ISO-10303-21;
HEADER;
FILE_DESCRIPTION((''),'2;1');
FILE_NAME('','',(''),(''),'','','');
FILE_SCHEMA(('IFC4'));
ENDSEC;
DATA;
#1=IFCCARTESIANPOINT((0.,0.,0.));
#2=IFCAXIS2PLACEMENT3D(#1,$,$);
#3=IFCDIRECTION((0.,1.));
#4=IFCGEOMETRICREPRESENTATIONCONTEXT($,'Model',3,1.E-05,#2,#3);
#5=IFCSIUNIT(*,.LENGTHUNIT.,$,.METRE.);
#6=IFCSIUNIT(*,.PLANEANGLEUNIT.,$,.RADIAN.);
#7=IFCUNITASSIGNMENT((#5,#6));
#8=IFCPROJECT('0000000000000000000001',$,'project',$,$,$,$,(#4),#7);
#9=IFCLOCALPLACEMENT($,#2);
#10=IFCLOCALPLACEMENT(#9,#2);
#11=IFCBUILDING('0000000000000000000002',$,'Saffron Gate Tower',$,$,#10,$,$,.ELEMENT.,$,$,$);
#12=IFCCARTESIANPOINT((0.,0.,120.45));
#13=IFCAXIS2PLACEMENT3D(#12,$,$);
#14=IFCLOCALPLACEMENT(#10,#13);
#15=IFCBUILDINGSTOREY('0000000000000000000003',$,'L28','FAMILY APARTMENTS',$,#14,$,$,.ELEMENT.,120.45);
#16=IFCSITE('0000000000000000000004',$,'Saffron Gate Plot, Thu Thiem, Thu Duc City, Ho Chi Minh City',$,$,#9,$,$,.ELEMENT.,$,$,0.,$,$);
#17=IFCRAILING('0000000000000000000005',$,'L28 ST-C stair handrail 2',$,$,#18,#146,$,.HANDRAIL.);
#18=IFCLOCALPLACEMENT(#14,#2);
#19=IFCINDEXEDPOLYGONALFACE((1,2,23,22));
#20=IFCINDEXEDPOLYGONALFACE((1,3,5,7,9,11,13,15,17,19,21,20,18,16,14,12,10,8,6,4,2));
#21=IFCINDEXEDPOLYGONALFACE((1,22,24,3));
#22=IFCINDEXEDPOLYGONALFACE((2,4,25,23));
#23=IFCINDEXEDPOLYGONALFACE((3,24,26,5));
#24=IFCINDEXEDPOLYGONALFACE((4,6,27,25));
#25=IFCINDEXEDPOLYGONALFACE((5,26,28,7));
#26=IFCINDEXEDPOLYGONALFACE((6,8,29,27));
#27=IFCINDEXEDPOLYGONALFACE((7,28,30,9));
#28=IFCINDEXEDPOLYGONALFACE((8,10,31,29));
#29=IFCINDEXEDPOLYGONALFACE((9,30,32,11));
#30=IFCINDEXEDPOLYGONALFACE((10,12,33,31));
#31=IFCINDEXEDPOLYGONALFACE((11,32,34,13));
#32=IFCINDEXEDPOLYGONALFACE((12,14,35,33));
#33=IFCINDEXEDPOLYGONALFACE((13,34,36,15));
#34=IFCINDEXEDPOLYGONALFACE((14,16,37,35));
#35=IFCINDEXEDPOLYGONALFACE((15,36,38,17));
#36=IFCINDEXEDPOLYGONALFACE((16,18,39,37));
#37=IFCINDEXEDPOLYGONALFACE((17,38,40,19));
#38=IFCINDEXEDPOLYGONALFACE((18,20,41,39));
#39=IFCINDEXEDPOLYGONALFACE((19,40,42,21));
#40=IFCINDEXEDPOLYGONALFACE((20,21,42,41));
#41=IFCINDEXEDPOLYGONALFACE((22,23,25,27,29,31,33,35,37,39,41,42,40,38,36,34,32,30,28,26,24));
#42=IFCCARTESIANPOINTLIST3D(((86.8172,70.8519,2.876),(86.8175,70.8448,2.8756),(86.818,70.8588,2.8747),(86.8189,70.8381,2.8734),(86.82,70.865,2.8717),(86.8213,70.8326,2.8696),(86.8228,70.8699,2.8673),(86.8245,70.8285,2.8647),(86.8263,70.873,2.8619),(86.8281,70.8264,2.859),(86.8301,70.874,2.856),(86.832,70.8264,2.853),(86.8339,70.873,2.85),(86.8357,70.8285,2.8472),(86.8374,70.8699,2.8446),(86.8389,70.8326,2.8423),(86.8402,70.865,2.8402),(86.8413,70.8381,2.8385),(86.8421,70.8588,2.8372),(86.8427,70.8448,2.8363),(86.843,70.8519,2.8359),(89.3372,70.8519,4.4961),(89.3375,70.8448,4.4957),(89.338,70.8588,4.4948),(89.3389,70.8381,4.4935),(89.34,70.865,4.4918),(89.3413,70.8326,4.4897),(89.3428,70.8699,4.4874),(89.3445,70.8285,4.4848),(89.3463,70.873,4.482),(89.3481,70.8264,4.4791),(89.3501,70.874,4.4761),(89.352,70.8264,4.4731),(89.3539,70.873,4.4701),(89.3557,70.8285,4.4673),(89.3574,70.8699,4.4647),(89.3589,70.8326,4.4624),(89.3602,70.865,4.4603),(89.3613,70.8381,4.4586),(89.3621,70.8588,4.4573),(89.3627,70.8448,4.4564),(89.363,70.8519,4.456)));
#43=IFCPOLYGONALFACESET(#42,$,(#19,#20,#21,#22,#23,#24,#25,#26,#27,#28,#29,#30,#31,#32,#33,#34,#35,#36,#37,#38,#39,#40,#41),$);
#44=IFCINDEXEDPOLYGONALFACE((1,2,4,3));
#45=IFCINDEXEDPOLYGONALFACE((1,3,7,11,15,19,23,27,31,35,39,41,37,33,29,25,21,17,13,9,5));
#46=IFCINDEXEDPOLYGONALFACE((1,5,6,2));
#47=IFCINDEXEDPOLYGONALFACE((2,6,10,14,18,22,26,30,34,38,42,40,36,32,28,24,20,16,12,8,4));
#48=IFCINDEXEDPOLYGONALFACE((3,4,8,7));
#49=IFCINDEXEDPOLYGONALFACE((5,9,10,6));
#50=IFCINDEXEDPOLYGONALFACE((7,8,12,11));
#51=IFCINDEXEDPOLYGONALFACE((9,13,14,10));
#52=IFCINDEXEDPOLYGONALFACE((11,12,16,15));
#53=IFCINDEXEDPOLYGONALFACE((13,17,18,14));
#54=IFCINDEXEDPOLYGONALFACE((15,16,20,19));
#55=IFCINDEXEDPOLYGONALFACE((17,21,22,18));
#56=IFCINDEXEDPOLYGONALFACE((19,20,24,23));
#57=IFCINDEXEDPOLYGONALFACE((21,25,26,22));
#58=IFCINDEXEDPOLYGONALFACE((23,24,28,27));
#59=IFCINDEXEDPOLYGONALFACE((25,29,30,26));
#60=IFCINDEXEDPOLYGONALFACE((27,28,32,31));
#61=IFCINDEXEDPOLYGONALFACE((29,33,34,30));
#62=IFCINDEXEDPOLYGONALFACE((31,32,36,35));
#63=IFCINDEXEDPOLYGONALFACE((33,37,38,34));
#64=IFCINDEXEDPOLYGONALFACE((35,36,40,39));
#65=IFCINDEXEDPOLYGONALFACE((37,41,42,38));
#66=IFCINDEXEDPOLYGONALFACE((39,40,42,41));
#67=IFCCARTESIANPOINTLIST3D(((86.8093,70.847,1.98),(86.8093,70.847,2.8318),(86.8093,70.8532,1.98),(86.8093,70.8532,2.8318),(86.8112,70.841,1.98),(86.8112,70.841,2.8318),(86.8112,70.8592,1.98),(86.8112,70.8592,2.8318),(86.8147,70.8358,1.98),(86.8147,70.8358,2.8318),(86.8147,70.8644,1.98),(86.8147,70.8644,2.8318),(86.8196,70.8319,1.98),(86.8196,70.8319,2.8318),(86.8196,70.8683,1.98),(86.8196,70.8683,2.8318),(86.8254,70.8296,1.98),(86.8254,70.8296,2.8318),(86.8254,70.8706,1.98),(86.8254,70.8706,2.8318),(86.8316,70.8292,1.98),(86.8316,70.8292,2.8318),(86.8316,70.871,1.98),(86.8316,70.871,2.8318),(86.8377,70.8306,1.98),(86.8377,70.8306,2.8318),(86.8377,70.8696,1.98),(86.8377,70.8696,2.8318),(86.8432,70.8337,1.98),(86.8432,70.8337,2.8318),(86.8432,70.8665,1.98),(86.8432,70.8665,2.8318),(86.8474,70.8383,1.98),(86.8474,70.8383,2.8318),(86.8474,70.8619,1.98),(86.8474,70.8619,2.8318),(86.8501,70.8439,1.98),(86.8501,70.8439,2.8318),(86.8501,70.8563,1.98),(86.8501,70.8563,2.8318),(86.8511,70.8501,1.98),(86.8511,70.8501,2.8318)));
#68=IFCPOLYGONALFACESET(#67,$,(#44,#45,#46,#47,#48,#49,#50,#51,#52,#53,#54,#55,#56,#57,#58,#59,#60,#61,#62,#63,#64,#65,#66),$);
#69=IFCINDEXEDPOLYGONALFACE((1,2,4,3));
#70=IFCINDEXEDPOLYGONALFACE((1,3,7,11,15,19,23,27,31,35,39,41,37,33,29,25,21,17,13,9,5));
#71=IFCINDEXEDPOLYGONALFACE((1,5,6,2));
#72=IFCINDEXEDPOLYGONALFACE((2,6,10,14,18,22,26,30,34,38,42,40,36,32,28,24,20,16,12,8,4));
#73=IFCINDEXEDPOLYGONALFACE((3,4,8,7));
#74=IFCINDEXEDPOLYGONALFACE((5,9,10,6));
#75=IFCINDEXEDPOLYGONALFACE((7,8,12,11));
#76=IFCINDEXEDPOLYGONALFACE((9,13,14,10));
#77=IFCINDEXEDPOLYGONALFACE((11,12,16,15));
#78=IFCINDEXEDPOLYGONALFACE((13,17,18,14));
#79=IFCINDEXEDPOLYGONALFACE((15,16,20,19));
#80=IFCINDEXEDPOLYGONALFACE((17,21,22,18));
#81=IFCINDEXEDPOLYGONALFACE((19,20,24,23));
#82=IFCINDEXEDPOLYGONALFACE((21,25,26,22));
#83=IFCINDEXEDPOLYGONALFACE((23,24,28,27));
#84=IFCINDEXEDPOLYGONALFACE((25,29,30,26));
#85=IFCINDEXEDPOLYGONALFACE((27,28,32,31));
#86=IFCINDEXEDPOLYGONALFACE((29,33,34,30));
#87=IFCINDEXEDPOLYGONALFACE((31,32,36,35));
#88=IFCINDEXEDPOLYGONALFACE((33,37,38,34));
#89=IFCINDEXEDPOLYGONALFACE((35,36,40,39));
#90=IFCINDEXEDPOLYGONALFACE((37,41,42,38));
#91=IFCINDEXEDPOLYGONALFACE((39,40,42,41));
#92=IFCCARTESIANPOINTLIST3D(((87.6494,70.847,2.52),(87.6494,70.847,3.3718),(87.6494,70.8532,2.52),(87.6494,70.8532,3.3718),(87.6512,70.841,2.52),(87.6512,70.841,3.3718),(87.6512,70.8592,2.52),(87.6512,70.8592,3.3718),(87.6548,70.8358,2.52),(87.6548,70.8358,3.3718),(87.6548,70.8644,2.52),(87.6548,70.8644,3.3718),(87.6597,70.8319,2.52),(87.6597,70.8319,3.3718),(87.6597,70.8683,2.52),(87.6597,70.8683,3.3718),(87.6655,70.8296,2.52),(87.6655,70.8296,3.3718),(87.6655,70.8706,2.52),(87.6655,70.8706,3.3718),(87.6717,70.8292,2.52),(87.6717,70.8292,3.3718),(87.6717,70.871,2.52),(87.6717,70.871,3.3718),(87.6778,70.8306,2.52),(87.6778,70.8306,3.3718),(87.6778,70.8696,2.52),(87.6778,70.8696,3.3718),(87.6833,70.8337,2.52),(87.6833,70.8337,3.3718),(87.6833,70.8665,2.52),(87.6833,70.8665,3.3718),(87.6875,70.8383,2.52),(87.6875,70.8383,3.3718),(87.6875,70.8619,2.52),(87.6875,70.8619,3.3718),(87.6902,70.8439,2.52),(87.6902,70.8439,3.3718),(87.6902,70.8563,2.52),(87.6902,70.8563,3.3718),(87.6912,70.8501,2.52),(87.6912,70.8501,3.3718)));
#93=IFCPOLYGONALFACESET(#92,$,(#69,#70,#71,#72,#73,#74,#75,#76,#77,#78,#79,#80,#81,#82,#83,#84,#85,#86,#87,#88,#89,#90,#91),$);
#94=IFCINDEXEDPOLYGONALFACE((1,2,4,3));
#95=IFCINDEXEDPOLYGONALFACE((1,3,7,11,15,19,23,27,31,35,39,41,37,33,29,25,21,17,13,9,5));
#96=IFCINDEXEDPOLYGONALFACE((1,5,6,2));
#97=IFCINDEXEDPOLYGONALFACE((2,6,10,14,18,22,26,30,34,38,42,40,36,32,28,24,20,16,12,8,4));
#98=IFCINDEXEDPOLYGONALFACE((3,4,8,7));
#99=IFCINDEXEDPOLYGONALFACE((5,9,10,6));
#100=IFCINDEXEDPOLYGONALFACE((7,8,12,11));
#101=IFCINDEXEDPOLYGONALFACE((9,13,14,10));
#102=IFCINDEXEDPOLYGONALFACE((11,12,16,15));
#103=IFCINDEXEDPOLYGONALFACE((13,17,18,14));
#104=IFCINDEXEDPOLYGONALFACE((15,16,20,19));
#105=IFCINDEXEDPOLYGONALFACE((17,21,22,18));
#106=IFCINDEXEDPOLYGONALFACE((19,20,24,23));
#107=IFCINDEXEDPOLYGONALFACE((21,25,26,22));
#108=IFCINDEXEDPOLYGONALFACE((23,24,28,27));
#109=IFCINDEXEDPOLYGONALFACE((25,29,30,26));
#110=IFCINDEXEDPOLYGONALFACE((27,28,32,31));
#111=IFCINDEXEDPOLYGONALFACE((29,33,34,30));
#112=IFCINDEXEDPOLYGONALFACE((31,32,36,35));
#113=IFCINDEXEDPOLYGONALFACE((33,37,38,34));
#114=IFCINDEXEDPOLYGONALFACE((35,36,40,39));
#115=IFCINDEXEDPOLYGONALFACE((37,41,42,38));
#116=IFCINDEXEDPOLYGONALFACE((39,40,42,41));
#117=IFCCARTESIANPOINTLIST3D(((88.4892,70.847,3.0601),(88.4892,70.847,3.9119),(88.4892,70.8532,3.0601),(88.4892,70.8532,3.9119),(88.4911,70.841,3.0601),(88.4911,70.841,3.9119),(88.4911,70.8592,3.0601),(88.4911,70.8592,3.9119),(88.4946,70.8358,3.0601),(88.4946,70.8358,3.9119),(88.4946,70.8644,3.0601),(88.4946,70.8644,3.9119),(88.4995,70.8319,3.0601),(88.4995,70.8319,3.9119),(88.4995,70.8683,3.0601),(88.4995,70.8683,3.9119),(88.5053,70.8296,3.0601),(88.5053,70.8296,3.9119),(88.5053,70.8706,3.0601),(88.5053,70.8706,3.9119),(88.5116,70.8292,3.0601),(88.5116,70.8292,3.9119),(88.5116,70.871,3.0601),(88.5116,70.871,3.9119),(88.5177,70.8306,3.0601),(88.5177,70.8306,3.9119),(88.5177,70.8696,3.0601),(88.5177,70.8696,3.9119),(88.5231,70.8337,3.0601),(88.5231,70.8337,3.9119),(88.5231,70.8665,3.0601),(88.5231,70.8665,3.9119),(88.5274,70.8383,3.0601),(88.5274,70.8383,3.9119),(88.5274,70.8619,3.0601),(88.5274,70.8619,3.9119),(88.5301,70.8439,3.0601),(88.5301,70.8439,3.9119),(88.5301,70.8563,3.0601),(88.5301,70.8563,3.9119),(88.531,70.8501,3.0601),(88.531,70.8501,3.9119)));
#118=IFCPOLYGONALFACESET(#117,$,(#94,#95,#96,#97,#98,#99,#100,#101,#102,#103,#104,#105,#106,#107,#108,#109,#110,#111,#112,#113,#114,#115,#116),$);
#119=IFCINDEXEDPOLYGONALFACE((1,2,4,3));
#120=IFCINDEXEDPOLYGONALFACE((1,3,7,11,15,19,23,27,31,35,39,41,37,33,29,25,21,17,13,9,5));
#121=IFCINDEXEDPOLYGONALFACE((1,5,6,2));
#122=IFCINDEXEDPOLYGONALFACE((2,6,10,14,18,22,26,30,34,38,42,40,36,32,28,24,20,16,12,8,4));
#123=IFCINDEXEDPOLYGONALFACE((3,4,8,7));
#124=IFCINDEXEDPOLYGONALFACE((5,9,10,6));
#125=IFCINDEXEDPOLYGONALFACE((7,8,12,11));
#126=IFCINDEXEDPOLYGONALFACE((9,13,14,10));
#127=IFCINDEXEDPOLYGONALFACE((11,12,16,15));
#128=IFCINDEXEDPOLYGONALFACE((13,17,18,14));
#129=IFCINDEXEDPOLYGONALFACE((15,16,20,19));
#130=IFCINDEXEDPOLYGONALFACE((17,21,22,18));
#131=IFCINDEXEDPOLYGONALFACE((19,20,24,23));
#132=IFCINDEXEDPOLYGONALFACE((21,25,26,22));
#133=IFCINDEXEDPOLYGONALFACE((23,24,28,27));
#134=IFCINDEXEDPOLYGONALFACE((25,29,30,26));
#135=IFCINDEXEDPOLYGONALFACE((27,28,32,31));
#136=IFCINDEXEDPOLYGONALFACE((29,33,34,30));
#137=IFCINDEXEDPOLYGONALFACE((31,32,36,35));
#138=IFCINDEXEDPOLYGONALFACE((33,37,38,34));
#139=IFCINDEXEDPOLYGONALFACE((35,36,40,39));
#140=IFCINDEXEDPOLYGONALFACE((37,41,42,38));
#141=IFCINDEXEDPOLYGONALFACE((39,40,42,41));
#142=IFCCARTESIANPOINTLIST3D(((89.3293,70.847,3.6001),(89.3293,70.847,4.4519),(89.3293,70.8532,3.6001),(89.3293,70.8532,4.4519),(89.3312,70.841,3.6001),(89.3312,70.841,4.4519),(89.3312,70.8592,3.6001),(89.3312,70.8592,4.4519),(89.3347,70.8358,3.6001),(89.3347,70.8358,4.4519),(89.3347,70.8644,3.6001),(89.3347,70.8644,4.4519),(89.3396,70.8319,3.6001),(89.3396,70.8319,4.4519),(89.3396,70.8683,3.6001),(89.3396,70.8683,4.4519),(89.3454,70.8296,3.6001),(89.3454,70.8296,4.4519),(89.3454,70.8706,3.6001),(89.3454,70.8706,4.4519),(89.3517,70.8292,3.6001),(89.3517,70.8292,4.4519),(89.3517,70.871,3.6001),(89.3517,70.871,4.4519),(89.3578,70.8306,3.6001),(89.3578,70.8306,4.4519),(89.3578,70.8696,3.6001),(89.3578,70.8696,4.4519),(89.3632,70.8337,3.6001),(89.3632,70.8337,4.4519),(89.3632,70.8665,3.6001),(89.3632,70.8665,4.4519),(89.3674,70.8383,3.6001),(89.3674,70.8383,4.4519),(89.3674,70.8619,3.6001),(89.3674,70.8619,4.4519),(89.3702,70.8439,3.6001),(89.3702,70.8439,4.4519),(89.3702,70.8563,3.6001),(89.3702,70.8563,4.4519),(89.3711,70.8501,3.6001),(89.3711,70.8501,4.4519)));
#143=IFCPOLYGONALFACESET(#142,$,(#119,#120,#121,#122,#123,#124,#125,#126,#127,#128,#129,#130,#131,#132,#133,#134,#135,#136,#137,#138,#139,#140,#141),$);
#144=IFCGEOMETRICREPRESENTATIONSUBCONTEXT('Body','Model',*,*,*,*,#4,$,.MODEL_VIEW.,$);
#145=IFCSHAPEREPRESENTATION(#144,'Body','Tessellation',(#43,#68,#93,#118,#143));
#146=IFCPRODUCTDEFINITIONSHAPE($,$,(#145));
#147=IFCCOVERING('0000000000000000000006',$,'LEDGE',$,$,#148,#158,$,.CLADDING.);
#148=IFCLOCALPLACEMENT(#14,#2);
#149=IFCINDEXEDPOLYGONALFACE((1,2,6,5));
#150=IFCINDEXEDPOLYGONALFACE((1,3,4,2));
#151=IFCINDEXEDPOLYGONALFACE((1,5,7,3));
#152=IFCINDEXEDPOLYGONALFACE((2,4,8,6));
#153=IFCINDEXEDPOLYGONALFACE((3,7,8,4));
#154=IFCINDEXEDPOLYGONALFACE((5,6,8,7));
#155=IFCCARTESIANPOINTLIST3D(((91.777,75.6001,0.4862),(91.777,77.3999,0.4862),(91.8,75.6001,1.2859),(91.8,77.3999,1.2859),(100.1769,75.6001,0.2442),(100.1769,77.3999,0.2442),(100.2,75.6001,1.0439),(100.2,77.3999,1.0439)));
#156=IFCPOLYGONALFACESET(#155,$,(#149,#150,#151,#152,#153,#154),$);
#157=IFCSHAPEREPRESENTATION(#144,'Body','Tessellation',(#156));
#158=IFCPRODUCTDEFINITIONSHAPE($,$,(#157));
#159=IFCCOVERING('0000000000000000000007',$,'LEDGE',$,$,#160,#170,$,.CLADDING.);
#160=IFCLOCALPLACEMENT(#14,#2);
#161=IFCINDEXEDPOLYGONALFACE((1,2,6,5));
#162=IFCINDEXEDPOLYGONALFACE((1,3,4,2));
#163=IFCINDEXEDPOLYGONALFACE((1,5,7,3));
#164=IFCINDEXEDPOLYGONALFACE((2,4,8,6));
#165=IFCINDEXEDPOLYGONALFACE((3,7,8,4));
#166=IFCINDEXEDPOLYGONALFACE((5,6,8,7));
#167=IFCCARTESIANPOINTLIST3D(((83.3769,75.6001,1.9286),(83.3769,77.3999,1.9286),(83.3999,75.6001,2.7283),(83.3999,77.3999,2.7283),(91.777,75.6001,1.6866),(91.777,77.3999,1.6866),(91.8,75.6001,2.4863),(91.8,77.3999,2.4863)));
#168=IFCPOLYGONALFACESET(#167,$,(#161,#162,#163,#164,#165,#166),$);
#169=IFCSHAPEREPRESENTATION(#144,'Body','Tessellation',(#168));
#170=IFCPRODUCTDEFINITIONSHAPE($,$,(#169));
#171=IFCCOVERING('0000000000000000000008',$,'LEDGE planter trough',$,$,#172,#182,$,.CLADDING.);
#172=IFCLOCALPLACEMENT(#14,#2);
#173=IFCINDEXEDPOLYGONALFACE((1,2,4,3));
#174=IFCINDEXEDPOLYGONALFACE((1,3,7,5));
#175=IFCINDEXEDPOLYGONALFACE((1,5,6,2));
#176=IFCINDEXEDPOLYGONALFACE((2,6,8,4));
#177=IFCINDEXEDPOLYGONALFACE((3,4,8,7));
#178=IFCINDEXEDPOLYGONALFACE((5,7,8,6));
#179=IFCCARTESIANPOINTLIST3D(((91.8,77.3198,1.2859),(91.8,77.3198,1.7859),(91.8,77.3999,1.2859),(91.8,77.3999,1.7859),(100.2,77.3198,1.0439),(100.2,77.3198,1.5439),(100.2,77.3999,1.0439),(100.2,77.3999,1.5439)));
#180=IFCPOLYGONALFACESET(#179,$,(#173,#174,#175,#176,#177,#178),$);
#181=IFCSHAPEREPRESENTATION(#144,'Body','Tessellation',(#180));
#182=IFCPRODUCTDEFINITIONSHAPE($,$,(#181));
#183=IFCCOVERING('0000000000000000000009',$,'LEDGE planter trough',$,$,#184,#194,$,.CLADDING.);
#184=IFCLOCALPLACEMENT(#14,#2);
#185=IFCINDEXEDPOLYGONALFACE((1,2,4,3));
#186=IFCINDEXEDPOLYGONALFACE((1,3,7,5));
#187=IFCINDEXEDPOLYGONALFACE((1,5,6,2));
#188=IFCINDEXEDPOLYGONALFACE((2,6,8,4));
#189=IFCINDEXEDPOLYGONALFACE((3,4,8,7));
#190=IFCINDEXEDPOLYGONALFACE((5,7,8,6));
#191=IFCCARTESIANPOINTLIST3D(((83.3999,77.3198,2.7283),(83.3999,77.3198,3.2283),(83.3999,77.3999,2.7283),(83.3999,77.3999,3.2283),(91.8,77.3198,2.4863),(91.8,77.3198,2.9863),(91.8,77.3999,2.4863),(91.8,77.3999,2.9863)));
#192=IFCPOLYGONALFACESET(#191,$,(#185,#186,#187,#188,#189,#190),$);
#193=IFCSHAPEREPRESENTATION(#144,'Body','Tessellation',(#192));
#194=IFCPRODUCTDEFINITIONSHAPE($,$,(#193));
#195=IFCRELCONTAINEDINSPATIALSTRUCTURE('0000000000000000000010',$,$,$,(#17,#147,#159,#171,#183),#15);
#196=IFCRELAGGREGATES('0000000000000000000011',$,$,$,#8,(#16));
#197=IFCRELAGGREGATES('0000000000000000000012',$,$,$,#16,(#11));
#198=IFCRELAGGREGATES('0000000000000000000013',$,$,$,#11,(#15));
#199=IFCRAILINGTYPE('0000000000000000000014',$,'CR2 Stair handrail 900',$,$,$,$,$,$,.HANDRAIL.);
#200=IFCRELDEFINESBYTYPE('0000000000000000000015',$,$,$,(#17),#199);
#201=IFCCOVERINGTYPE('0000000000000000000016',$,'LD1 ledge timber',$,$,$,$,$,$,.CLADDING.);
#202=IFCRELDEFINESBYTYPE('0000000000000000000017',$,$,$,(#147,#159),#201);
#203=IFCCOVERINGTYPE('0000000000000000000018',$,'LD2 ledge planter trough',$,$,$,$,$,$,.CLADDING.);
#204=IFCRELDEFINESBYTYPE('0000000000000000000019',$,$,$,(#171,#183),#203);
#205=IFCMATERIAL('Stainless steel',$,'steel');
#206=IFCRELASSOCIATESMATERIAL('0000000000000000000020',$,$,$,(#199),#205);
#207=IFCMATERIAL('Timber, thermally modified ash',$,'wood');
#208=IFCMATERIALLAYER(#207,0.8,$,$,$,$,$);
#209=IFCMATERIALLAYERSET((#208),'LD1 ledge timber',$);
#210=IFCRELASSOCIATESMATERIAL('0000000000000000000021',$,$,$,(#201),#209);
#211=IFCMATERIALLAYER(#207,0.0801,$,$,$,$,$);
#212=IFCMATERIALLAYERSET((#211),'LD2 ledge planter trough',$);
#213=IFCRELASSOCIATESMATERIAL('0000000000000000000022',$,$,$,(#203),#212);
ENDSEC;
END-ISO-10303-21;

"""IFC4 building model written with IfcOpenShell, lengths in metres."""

from ifc_helpers import new_model, si_unit, direction, frame, origin, origin_2d, place, context, subcontext, project, spatial, polyline, circle, outline, extrude, material, layer, layer_set, type_object, element, save


model = new_model("IFC4")

# Units and contexts
model_context = context("Model", 3, precision=1e-05, world=origin(), true_north=direction((0.0, 1.0)))
body_context = subcontext(model_context, "Body", "Model", "MODEL_VIEW")
ifc_project = project(units=[si_unit("LENGTHUNIT", "METRE"), si_unit("PLANEANGLEUNIT", "RADIAN")], contexts=[model_context])

# Site, building, storey
site_placement = place(None, origin())
site = spatial("IfcSite", under=ifc_project, at=site_placement, Name="Saffron Gate Plot, Thu Thiem, Thu Duc City, Ho Chi Minh City", CompositionType="ELEMENT", RefElevation=0.0)
building_placement = place(site_placement, origin())
building = spatial("IfcBuilding", under=site, at=building_placement, Name="Saffron Gate Tower", CompositionType="ELEMENT")
storey_placement = place(building_placement, frame((0.0, 0.0, 120.45)))
storey = spatial("IfcBuildingStorey", under=building, at=storey_placement, Name="L28", Description="FAMILY APARTMENTS", CompositionType="ELEMENT", Elevation=120.45)

# Railing
ifc_material_1 = material(Name="Stainless steel", Category="steel")
railing_type_1 = type_object("IfcRailingType", Name="CR2 Stair handrail 900", PredefinedType="HANDRAIL", material=ifc_material_1)
railing_1_placement = place(storey_placement, frame((86.8301, 70.8501, 1.98)))
element("IfcRailing", 1, at=railing_1_placement, inside=storey, type_object=railing_type_1, Name="L28 ST-C stair handrail 2", PredefinedType="HANDRAIL", context=body_context, shape_type="SweptSolid", body=[
    extrude(circle(Radius=0.0239, at=origin_2d()), frame((0.0, 0.0, 0.876), z_axis=(0.841163, 0.0, 0.540782), x_axis=(0.0, 1.0, 0.0)), (0.0, 0.0, 1.0), 2.9958),
    extrude(circle(Radius=0.021, at=origin_2d()), origin(), (0.0, 0.0, 1.0), 0.8518),
    extrude(circle(Radius=0.021, at=origin_2d()), frame((0.8401, 0.0, 0.54)), (0.0, 0.0, 1.0), 0.8518),
    extrude(circle(Radius=0.021, at=origin_2d()), frame((1.6799, 0.0, 1.0801)), (0.0, 0.0, 1.0), 0.8518),
    extrude(circle(Radius=0.021, at=origin_2d()), frame((2.52, 0.0, 1.6201)), (0.0, 0.0, 1.0), 0.8518),
])

# Coverings
ifc_material_2 = material(Name="Timber, thermally modified ash", Category="wood")
ifc_layer_1 = layer(ifc_material_2, 0.8)
ifc_layer_set_1 = layer_set([ifc_layer_1], Name="LD1 ledge timber")
covering_type_1 = type_object("IfcCoveringType", Name="LD1 ledge timber", PredefinedType="CLADDING", material=ifc_layer_set_1)
covering_1_placement = place(storey_placement, frame((100.2, 75.6001, 1.0439), z_axis=(0.028791, 0.0, 0.999585), x_axis=(-0.999585, 0.0, 0.028791)))
element("IfcCovering", 2, at=covering_1_placement, inside=storey, type_object=covering_type_1, Name="LEDGE", PredefinedType="CLADDING", context=body_context, shape_type="SweptSolid", body=[
    extrude(outline(polyline([(0.0, 0.0), (8.4034, 0.0), (8.4034, -1.7998), (0.0, -1.7998), (0.0, 0.0)])), origin(), (0.0, 0.0, -1.0), 0.8),
])
covering_2_placement = place(storey_placement, frame((91.8, 75.6001, 2.4863), z_axis=(0.02879, 0.0, 0.999585), x_axis=(-0.999585, 0.0, 0.02879)))
element("IfcCovering", 3, at=covering_2_placement, inside=storey, type_object=covering_type_1, Name="LEDGE", PredefinedType="CLADDING", context=body_context, shape_type="SweptSolid", body=[
    extrude(outline(polyline([(0.0, 0.0), (8.4036, 0.0), (8.4036, -1.7998), (0.0, -1.7998), (0.0, 0.0)])), origin(), (0.0, 0.0, -1.0), 0.8),
])
ifc_layer_2 = layer(ifc_material_2, 0.0801)
ifc_layer_set_2 = layer_set([ifc_layer_2], Name="LD2 ledge planter trough")
covering_type_2 = type_object("IfcCoveringType", Name="LD2 ledge planter trough", PredefinedType="CLADDING", material=ifc_layer_set_2)
covering_3_placement = place(storey_placement, frame((100.2, 77.3999, 1.0439), z_axis=(0.0, 1.0, 0.0), x_axis=(-0.999585, 0.0, 0.028791)))
element("IfcCovering", 4, at=covering_3_placement, inside=storey, type_object=covering_type_2, Name="LEDGE planter trough", PredefinedType="CLADDING", context=body_context, shape_type="SweptSolid", body=[
    extrude(outline(polyline([(0.0, 0.0), (8.4034, 0.0), (8.4178, 0.4998), (0.0144, 0.4998), (0.0, 0.0)])), origin(), (0.0, 0.0, -1.0), 0.0801),
])
covering_4_placement = place(storey_placement, frame((91.8, 77.3999, 2.4863), z_axis=(0.0, 1.0, 0.0), x_axis=(-0.999585, 0.0, 0.02879)))
element("IfcCovering", 5, at=covering_4_placement, inside=storey, type_object=covering_type_2, Name="LEDGE planter trough", PredefinedType="CLADDING", context=body_context, shape_type="SweptSolid", body=[
    extrude(outline(polyline([(0.0, 0.0), (8.4036, 0.0), (8.418, 0.4998), (0.0144, 0.4998), (0.0, 0.0)])), origin(), (0.0, 0.0, -1.0), 0.0801),
])

save(model, "model.ifc")
